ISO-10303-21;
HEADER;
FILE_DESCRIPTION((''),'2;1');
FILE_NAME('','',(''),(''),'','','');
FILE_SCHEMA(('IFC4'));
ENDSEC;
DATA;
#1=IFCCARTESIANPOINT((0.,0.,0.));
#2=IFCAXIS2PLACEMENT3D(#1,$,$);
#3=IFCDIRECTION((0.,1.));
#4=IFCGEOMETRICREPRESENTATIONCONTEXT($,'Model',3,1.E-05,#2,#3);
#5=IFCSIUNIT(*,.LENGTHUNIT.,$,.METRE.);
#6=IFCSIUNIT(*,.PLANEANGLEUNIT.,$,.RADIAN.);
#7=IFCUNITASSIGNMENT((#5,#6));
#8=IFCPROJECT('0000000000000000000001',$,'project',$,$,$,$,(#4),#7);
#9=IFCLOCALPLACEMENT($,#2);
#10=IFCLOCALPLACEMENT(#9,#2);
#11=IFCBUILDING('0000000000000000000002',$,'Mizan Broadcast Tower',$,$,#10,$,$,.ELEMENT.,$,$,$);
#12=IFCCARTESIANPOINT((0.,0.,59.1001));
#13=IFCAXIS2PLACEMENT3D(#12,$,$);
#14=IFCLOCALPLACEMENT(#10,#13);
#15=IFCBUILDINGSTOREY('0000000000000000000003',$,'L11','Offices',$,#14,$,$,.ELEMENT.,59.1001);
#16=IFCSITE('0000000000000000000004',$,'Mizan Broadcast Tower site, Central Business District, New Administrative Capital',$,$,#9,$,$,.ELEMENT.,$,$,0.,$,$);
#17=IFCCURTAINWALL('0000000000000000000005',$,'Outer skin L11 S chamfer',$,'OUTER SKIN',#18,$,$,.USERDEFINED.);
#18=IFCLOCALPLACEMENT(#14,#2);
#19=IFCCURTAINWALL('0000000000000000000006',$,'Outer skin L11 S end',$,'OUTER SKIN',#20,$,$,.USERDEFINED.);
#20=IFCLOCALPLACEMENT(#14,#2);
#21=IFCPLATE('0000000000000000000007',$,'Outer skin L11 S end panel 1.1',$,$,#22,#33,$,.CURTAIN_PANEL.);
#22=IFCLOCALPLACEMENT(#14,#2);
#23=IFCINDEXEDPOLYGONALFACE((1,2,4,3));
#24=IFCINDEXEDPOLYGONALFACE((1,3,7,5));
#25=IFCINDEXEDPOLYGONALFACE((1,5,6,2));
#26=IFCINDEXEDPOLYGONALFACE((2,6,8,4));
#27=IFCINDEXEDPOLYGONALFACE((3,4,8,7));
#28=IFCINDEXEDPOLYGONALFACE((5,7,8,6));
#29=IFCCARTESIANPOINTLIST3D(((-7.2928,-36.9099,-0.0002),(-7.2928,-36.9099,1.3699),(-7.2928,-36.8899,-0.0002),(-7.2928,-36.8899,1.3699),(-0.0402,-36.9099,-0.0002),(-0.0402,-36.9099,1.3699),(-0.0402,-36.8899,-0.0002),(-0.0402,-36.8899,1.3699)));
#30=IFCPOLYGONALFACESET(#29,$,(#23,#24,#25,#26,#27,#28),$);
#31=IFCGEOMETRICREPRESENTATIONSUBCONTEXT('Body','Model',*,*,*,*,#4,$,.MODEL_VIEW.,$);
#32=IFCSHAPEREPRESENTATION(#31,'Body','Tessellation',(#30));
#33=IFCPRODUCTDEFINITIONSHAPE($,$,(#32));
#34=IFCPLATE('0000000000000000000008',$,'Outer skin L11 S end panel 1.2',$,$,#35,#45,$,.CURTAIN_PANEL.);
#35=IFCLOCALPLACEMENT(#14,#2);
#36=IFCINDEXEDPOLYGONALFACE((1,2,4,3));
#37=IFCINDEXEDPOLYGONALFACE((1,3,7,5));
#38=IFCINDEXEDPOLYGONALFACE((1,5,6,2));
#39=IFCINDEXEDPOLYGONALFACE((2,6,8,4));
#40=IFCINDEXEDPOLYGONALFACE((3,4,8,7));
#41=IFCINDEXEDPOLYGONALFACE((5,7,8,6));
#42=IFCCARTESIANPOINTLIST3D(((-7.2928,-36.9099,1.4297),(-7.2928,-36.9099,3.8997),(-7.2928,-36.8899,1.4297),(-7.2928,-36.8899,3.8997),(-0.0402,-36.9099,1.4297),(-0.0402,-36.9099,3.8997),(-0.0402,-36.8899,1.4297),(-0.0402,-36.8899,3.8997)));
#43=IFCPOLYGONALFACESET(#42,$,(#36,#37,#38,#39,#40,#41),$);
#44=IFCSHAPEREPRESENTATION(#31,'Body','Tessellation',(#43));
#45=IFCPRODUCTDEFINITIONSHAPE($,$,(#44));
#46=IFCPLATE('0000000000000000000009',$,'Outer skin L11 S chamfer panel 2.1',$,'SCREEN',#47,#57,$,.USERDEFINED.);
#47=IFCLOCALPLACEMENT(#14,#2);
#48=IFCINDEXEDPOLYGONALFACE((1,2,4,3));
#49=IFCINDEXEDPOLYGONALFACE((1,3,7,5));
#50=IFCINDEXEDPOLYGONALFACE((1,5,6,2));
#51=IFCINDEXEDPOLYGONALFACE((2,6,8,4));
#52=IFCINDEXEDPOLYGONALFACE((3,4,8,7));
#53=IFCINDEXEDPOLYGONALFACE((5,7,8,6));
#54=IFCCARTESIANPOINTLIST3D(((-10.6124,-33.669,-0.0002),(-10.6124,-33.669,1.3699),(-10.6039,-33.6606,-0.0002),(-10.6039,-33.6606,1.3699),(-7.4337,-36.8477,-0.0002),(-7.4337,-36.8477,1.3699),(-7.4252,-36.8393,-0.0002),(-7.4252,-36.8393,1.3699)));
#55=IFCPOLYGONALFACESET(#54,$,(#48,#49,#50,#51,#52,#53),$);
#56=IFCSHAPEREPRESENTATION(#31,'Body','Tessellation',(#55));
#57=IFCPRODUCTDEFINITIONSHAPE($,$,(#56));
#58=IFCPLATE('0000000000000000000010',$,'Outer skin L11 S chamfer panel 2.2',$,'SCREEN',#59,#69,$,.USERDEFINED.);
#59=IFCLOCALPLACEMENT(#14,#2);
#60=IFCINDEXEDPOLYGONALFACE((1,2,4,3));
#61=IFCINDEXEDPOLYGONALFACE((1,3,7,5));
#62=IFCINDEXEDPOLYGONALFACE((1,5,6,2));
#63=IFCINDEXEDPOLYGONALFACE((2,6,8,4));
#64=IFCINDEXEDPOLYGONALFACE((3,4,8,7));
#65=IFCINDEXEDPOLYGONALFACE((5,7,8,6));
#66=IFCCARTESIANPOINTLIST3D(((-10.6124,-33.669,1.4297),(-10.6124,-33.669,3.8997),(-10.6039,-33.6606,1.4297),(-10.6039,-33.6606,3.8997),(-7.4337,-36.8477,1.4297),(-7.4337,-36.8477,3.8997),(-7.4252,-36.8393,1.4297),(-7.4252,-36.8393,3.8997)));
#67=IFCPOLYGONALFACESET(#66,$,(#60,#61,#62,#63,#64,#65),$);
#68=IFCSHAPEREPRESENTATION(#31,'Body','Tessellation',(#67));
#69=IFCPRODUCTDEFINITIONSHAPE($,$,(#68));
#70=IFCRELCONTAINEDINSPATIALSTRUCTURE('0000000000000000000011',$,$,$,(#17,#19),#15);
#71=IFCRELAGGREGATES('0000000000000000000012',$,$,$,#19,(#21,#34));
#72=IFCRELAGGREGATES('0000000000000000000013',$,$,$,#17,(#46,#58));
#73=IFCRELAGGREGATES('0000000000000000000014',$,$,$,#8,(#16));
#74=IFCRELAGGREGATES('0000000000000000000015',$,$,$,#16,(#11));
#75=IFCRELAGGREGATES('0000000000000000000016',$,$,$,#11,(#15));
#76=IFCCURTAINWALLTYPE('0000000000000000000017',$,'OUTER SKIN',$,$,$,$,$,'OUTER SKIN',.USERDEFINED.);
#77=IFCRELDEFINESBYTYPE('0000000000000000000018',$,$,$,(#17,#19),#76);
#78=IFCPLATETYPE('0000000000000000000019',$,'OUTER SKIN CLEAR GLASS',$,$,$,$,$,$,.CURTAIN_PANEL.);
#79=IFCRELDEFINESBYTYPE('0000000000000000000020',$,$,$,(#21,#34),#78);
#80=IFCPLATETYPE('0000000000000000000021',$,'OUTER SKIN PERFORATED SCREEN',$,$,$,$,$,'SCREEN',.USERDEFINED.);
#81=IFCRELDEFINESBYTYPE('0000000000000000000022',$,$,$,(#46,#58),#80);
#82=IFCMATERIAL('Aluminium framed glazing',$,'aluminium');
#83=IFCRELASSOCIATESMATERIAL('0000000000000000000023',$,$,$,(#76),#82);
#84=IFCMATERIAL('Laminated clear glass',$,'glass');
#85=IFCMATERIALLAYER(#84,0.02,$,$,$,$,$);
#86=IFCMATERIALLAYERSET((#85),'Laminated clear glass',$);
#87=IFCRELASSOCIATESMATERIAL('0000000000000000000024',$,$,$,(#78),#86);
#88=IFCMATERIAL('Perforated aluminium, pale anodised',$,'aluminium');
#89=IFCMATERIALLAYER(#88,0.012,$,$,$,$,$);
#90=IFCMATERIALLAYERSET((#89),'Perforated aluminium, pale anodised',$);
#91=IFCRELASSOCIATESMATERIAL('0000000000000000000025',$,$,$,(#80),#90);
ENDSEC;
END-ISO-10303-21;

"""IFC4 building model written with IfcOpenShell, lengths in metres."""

from ifc_helpers import new_model, si_unit, direction, frame, origin, origin_2d, place, context, subcontext, project, spatial, rectangle, extrude, material, layer, layer_set, type_object, element, aggregate, save


model = new_model("IFC4")

# Units and contexts
model_context = context("Model", 3, precision=1e-05, world=origin(), true_north=direction((0.0, 1.0)))
body_context = subcontext(model_context, "Body", "Model", "MODEL_VIEW")
ifc_project = project(units=[si_unit("LENGTHUNIT", "METRE"), si_unit("PLANEANGLEUNIT", "RADIAN")], contexts=[model_context])

# Site, building, storey
site_placement = place(None, origin())
site = spatial("IfcSite", under=ifc_project, at=site_placement, Name="Mizan Broadcast Tower site, Central Business District, New Administrative Capital", CompositionType="ELEMENT", RefElevation=0.0)
building_placement = place(site_placement, origin())
building = spatial("IfcBuilding", under=site, at=building_placement, Name="Mizan Broadcast Tower", CompositionType="ELEMENT")
storey_placement = place(building_placement, frame((0.0, 0.0, 59.1001)))
storey = spatial("IfcBuildingStorey", under=building, at=storey_placement, Name="L11", Description="Offices", CompositionType="ELEMENT", Elevation=59.1001)

# Curtain wall
ifc_material_1 = material(Name="Aluminium framed glazing", Category="aluminium")
curtain_wall_type_1 = type_object("IfcCurtainWallType", Name="OUTER SKIN", ElementType="OUTER SKIN", PredefinedType="USERDEFINED", material=ifc_material_1)
curtain_wall_1_placement = place(storey_placement, origin())
curtain_wall_1 = element("IfcCurtainWall", 1, at=curtain_wall_1_placement, inside=storey, type_object=curtain_wall_type_1, Name="Outer skin L11 S chamfer", ObjectType="OUTER SKIN", PredefinedType="USERDEFINED")

# Curtain wall
curtain_wall_2_placement = place(storey_placement, origin())
curtain_wall_2 = element("IfcCurtainWall", 2, at=curtain_wall_2_placement, inside=storey, type_object=curtain_wall_type_1, Name="Outer skin L11 S end", ObjectType="OUTER SKIN", PredefinedType="USERDEFINED")

# Plates
ifc_material_2 = material(Name="Laminated clear glass", Category="glass")
ifc_layer_1 = layer(ifc_material_2, 0.02)
ifc_layer_set_1 = layer_set([ifc_layer_1], Name="Laminated clear glass")
plate_type_1 = type_object("IfcPlateType", Name="OUTER SKIN CLEAR GLASS", PredefinedType="CURTAIN_PANEL", material=ifc_layer_set_1)
plate_1_placement = place(storey_placement, frame((-3.6665, -36.8999, -0.0002), z_axis=(0.0, 0.0, 1.0), x_axis=(1.0, 0.0, 0.0)))
plate_1 = element("IfcPlate", 3, at=plate_1_placement, type_object=plate_type_1, Name="Outer skin L11 S end panel 1.1", PredefinedType="CURTAIN_PANEL", context=body_context, shape_type="SweptSolid", body=[
    extrude(rectangle(XDim=7.2527, YDim=0.02, at=origin_2d()), origin(), (0.0, 0.0, 1.0), 1.3701),
])
plate_2_placement = place(storey_placement, frame((-3.6665, -36.8999, 1.4297), z_axis=(0.0, 0.0, 1.0), x_axis=(1.0, 0.0, 0.0)))
plate_2 = element("IfcPlate", 4, at=plate_2_placement, type_object=plate_type_1, Name="Outer skin L11 S end panel 1.2", PredefinedType="CURTAIN_PANEL", context=body_context, shape_type="SweptSolid", body=[
    extrude(rectangle(XDim=7.2527, YDim=0.02, at=origin_2d()), origin(), (0.0, 0.0, 1.0), 2.47),
])
aggregate(curtain_wall_2, [plate_1, plate_2])
ifc_material_3 = material(Name="Perforated aluminium, pale anodised", Category="aluminium")
ifc_layer_2 = layer(ifc_material_3, 0.012)
ifc_layer_set_2 = layer_set([ifc_layer_2], Name="Perforated aluminium, pale anodised")
plate_type_2 = type_object("IfcPlateType", Name="OUTER SKIN PERFORATED SCREEN", ElementType="SCREEN", PredefinedType="USERDEFINED", material=ifc_layer_set_2)
plate_3_placement = place(storey_placement, frame((-9.0188, -35.2542, -0.0002), z_axis=(0.0, 0.0, 1.0), x_axis=(0.707107, -0.707107, 0.0)))
plate_3 = element("IfcPlate", 5, at=plate_3_placement, type_object=plate_type_2, Name="Outer skin L11 S chamfer panel 2.1", ObjectType="SCREEN", PredefinedType="USERDEFINED", context=body_context, shape_type="SweptSolid", body=[
    extrude(rectangle(XDim=4.4954, YDim=0.012, at=origin_2d()), origin(), (0.0, 0.0, 1.0), 1.3701),
])
plate_4_placement = place(storey_placement, frame((-9.0188, -35.2542, 1.4297), z_axis=(0.0, 0.0, 1.0), x_axis=(0.707107, -0.707107, 0.0)))
plate_4 = element("IfcPlate", 6, at=plate_4_placement, type_object=plate_type_2, Name="Outer skin L11 S chamfer panel 2.2", ObjectType="SCREEN", PredefinedType="USERDEFINED", context=body_context, shape_type="SweptSolid", body=[
    extrude(rectangle(XDim=4.4954, YDim=0.012, at=origin_2d()), origin(), (0.0, 0.0, 1.0), 2.47),
])
aggregate(curtain_wall_1, [plate_3, plate_4])

save(model, "model.ifc")
